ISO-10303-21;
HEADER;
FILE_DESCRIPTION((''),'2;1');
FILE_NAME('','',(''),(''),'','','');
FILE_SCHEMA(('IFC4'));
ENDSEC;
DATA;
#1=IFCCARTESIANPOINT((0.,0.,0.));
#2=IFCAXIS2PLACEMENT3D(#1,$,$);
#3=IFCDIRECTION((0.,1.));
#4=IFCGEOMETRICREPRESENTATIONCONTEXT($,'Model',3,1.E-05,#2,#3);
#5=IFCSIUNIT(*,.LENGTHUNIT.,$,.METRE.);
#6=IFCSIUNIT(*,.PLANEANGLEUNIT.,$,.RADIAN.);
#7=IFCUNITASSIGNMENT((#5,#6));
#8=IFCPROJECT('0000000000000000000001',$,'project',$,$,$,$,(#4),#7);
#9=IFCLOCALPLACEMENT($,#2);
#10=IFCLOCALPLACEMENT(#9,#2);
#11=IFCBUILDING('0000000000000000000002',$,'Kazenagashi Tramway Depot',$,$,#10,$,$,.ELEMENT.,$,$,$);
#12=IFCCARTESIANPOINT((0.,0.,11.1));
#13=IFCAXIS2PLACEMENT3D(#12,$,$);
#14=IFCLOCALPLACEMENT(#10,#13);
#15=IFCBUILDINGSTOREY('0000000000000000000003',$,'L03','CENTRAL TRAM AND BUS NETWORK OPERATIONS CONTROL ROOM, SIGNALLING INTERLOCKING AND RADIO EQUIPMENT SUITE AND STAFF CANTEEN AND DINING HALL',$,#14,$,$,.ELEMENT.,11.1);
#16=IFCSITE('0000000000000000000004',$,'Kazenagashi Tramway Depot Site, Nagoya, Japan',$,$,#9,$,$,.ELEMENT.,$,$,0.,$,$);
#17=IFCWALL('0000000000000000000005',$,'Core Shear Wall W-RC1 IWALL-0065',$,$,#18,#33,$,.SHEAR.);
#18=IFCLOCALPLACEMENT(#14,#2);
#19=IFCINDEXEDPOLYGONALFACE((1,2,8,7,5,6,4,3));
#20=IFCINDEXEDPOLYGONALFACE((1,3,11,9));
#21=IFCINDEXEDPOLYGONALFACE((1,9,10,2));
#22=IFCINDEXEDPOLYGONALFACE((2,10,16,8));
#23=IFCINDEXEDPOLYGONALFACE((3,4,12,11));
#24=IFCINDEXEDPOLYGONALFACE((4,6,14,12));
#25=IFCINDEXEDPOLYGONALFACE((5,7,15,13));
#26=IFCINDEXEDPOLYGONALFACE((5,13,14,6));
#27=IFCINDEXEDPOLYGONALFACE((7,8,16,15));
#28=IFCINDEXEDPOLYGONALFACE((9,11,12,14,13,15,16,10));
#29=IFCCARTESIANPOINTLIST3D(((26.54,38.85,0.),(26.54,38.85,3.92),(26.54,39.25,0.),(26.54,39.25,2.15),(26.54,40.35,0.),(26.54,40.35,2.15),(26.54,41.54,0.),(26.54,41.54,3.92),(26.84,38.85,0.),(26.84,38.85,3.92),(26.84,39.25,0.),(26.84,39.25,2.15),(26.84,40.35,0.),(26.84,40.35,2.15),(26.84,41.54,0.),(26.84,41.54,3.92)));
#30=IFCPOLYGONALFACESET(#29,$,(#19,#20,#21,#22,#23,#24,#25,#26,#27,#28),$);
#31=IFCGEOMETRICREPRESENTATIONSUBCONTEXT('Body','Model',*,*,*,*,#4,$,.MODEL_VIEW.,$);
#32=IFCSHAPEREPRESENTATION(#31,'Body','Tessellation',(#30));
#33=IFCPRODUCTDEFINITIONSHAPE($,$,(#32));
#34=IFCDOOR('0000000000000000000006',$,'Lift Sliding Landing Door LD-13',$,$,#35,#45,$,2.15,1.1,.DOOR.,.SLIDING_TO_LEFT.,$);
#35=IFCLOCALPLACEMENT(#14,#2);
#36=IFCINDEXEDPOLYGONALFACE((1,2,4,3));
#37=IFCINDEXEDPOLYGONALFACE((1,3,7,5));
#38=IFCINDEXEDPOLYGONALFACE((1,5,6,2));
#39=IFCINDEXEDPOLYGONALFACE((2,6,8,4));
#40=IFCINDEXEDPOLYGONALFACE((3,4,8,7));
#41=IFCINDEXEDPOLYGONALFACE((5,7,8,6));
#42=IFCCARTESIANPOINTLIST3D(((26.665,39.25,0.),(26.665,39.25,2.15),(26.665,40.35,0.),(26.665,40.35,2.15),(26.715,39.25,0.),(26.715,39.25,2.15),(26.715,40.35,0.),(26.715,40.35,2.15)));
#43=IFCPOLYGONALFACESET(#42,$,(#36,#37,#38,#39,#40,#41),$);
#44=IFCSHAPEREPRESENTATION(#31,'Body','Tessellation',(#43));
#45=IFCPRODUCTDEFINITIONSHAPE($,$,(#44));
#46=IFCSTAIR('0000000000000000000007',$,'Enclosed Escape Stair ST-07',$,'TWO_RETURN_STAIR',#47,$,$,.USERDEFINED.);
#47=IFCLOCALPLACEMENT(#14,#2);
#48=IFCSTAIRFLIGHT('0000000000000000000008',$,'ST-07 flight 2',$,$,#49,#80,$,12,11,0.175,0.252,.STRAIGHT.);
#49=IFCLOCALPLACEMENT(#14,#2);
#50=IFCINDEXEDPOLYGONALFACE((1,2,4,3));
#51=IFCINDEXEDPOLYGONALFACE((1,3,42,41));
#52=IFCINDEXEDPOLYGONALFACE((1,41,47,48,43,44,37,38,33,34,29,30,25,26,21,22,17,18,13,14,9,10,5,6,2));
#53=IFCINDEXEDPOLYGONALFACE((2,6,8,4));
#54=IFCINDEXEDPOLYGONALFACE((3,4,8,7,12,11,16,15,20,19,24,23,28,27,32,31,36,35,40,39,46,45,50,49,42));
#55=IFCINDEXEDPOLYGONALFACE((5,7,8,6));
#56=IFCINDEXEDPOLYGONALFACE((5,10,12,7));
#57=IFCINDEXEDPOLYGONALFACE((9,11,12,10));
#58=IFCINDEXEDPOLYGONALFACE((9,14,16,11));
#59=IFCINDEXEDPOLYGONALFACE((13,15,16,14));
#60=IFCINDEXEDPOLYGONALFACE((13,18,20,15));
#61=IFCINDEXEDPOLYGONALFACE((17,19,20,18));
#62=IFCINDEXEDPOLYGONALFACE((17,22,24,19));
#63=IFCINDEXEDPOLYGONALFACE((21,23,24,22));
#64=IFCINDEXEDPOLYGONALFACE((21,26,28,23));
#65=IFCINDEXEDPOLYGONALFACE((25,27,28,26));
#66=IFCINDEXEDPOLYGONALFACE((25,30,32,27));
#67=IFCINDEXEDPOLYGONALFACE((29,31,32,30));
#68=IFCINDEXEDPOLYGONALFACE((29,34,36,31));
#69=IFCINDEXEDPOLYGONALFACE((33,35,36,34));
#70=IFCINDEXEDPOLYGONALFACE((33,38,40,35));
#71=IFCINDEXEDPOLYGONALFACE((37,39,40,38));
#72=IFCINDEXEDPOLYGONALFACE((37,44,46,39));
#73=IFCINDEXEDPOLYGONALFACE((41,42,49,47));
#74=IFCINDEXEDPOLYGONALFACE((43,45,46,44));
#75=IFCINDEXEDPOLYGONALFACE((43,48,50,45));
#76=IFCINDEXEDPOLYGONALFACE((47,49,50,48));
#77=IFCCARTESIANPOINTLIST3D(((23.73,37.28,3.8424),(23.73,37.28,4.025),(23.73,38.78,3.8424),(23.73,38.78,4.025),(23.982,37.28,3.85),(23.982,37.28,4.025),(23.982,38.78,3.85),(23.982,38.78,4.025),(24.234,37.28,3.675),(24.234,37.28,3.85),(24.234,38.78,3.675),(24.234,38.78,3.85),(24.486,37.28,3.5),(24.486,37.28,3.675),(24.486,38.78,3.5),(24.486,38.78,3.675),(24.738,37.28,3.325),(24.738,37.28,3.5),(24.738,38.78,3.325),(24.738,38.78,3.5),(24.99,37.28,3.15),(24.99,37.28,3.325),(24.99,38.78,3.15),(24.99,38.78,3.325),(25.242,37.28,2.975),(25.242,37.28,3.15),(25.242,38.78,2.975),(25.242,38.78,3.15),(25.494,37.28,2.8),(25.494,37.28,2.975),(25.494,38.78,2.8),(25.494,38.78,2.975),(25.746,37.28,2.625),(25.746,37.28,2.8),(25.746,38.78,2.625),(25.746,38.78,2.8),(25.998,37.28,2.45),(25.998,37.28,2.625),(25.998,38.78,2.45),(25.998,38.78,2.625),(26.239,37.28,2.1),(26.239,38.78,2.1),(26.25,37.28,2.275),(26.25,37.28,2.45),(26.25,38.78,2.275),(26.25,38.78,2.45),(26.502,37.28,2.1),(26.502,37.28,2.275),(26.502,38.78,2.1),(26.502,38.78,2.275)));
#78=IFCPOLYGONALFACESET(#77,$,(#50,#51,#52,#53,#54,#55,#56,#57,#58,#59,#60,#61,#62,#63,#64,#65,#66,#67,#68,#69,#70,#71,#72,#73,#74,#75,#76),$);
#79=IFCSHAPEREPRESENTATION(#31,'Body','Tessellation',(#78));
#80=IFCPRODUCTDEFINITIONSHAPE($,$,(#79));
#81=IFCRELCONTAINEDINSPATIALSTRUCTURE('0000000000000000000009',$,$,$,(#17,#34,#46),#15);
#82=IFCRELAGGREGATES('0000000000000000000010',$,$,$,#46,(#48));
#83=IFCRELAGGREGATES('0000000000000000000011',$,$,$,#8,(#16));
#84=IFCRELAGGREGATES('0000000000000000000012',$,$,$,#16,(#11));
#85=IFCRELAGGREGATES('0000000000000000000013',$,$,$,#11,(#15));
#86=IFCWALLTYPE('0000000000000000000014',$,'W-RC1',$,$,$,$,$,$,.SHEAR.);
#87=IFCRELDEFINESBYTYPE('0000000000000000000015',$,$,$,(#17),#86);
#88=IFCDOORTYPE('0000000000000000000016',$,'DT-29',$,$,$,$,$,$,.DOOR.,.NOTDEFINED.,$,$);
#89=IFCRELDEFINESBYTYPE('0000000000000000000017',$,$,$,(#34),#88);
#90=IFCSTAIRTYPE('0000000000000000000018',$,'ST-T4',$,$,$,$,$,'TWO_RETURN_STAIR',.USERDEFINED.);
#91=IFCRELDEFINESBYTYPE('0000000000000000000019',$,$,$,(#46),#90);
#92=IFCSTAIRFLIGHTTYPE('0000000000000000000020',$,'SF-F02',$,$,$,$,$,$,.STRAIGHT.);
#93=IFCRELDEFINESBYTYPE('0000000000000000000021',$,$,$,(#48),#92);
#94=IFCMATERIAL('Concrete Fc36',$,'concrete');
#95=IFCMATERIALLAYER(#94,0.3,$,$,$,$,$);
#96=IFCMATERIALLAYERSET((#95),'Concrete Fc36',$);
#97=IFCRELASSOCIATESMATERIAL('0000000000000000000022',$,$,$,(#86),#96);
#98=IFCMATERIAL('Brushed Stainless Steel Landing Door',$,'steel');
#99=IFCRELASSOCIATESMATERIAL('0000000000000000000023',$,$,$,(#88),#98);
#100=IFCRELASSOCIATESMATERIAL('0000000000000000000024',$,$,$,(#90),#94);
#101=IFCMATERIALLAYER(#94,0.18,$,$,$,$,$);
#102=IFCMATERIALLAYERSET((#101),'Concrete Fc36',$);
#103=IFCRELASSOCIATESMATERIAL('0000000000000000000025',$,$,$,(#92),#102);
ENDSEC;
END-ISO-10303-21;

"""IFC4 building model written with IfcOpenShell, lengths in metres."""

from ifc_helpers import new_model, si_unit, direction, frame, frame_2d, origin, place, context, subcontext, project, spatial, polyline, rectangle, outline, extrude, material, layer, layer_set, type_object, element, fill, aggregate, save


model = new_model("IFC4")

# Units and contexts
model_context = context("Model", 3, precision=1e-05, world=origin(), true_north=direction((0.0, 1.0)))
body_context = subcontext(model_context, "Body", "Model", "MODEL_VIEW")
ifc_project = project(units=[si_unit("LENGTHUNIT", "METRE"), si_unit("PLANEANGLEUNIT", "RADIAN")], contexts=[model_context])

# Site, building, storey
site_placement = place(None, origin())
site = spatial("IfcSite", under=ifc_project, at=site_placement, Name="Kazenagashi Tramway Depot Site, Nagoya, Japan", CompositionType="ELEMENT", RefElevation=0.0)
building_placement = place(site_placement, origin())
building = spatial("IfcBuilding", under=site, at=building_placement, Name="Kazenagashi Tramway Depot", CompositionType="ELEMENT")
storey_placement = place(building_placement, frame((0.0, 0.0, 11.1)))
storey = spatial("IfcBuildingStorey", under=building, at=storey_placement, Name="L03", Description="CENTRAL TRAM AND BUS NETWORK OPERATIONS CONTROL ROOM, SIGNALLING INTERLOCKING AND RADIO EQUIPMENT SUITE AND STAFF CANTEEN AND DINING HALL", CompositionType="ELEMENT", Elevation=11.1)

# Wall, opening, door
ifc_material_1 = material(Name="Concrete Fc36", Category="concrete")
ifc_layer_1 = layer(ifc_material_1, 0.3)
ifc_layer_set_1 = layer_set([ifc_layer_1], Name="Concrete Fc36")
wall_type_1 = type_object("IfcWallType", Name="W-RC1", PredefinedType="SHEAR", material=ifc_layer_set_1)
wall_1_placement = place(storey_placement, frame((26.69, 38.85, 0.0), z_axis=(0.0, 0.0, 1.0), x_axis=(0.0, 1.0, 0.0)))
wall_1 = element("IfcWall", 1, at=wall_1_placement, inside=storey, type_object=wall_type_1, Name="Core Shear Wall W-RC1 IWALL-0065", PredefinedType="SHEAR", context=body_context, shape_type="SweptSolid", body=[
    extrude(rectangle(XDim=2.69, YDim=0.3, at=frame_2d((1.345, 0.0))), origin(), (0.0, 0.0, 1.0), 3.92),
])
opening_1_placement = place(wall_1_placement, frame((0.4, 0.0, 0.0)))
opening_1 = element("IfcOpeningElement", 2, at=opening_1_placement, cuts=wall_1, PredefinedType="OPENING", context=body_context, shape_type="SweptSolid", body=[
    extrude(rectangle(XDim=1.1, YDim=2.15, at=frame_2d((0.55, 1.075))), frame((0.0, 0.16, 0.0), z_axis=(0.0, -1.0, 0.0), x_axis=(1.0, 0.0, 0.0)), (0.0, 0.0, 1.0), 0.32),
])
ifc_material_2 = material(Name="Brushed Stainless Steel Landing Door", Category="steel")
door_type_1 = type_object("IfcDoorType", Name="DT-29", OperationType="NOTDEFINED", PredefinedType="DOOR", material=ifc_material_2)
door_1_placement = place(opening_1_placement, origin())
door_1 = element("IfcDoor", 3, at=door_1_placement, inside=storey, type_object=door_type_1, Name="Lift Sliding Landing Door LD-13", OperationType="SLIDING_TO_LEFT", OverallHeight=2.15, OverallWidth=1.1, PredefinedType="DOOR", context=body_context, shape_type="SweptSolid", body=[
    extrude(rectangle(XDim=1.1, YDim=2.15, at=frame_2d((0.55, 1.075))), frame((0.0, 0.025, 0.0), z_axis=(0.0, -1.0, 0.0), x_axis=(1.0, 0.0, 0.0)), (0.0, 0.0, 1.0), 0.05),
])
fill(opening_1, door_1)

# Stair, stair flight
stair_type = type_object("IfcStairType", Name="ST-T4", ElementType="TWO_RETURN_STAIR", PredefinedType="USERDEFINED", material=ifc_material_1)
stair_placement = place(storey_placement, origin())
stair = element("IfcStair", 4, at=stair_placement, inside=storey, type_object=stair_type, Name="Enclosed Escape Stair ST-07", ObjectType="TWO_RETURN_STAIR", PredefinedType="USERDEFINED")
ifc_layer_2 = layer(ifc_material_1, 0.18)
ifc_layer_set_2 = layer_set([ifc_layer_2], Name="Concrete Fc36")
stair_flight_type = type_object("IfcStairFlightType", Name="SF-F02", PredefinedType="STRAIGHT", material=ifc_layer_set_2)
stair_flight_placement = place(storey_placement, frame((26.502, 38.03, 2.1), z_axis=(0.0, 0.0, 1.0), x_axis=(-1.0, 0.0, 0.0)))
stair_flight = element("IfcStairFlight", 5, at=stair_flight_placement, type_object=stair_flight_type, Name="ST-07 flight 2", NumberOfRisers=12, NumberOfTreads=11, PredefinedType="STRAIGHT", RiserHeight=0.175, TreadLength=0.252, context=body_context, shape_type="SweptSolid", body=[
    extrude(outline(polyline([(0.0, 0.0), (0.0, 0.175), (0.252, 0.175), (0.252, 0.35), (0.504, 0.35), (0.504, 0.525), (0.756, 0.525), (0.756, 0.7), (1.008, 0.7), (1.008, 0.875), (1.26, 0.875), (1.26, 1.05), (1.512, 1.05), (1.512, 1.225), (1.764, 1.225), (1.764, 1.4), (2.016, 1.4), (2.016, 1.575), (2.268, 1.575), (2.268, 1.75), (2.52, 1.75), (2.52, 1.925), (2.772, 1.925), (2.772, 2.1), (2.772, 1.7424), (0.263, 0.0), (0.0, 0.0)])), frame((0.0, 0.75, 0.0), z_axis=(0.0, -1.0, 0.0), x_axis=(1.0, 0.0, 0.0)), (0.0, 0.0, 1.0), 1.5),
])
aggregate(stair, [stair_flight])

save(model, "model.ifc")
